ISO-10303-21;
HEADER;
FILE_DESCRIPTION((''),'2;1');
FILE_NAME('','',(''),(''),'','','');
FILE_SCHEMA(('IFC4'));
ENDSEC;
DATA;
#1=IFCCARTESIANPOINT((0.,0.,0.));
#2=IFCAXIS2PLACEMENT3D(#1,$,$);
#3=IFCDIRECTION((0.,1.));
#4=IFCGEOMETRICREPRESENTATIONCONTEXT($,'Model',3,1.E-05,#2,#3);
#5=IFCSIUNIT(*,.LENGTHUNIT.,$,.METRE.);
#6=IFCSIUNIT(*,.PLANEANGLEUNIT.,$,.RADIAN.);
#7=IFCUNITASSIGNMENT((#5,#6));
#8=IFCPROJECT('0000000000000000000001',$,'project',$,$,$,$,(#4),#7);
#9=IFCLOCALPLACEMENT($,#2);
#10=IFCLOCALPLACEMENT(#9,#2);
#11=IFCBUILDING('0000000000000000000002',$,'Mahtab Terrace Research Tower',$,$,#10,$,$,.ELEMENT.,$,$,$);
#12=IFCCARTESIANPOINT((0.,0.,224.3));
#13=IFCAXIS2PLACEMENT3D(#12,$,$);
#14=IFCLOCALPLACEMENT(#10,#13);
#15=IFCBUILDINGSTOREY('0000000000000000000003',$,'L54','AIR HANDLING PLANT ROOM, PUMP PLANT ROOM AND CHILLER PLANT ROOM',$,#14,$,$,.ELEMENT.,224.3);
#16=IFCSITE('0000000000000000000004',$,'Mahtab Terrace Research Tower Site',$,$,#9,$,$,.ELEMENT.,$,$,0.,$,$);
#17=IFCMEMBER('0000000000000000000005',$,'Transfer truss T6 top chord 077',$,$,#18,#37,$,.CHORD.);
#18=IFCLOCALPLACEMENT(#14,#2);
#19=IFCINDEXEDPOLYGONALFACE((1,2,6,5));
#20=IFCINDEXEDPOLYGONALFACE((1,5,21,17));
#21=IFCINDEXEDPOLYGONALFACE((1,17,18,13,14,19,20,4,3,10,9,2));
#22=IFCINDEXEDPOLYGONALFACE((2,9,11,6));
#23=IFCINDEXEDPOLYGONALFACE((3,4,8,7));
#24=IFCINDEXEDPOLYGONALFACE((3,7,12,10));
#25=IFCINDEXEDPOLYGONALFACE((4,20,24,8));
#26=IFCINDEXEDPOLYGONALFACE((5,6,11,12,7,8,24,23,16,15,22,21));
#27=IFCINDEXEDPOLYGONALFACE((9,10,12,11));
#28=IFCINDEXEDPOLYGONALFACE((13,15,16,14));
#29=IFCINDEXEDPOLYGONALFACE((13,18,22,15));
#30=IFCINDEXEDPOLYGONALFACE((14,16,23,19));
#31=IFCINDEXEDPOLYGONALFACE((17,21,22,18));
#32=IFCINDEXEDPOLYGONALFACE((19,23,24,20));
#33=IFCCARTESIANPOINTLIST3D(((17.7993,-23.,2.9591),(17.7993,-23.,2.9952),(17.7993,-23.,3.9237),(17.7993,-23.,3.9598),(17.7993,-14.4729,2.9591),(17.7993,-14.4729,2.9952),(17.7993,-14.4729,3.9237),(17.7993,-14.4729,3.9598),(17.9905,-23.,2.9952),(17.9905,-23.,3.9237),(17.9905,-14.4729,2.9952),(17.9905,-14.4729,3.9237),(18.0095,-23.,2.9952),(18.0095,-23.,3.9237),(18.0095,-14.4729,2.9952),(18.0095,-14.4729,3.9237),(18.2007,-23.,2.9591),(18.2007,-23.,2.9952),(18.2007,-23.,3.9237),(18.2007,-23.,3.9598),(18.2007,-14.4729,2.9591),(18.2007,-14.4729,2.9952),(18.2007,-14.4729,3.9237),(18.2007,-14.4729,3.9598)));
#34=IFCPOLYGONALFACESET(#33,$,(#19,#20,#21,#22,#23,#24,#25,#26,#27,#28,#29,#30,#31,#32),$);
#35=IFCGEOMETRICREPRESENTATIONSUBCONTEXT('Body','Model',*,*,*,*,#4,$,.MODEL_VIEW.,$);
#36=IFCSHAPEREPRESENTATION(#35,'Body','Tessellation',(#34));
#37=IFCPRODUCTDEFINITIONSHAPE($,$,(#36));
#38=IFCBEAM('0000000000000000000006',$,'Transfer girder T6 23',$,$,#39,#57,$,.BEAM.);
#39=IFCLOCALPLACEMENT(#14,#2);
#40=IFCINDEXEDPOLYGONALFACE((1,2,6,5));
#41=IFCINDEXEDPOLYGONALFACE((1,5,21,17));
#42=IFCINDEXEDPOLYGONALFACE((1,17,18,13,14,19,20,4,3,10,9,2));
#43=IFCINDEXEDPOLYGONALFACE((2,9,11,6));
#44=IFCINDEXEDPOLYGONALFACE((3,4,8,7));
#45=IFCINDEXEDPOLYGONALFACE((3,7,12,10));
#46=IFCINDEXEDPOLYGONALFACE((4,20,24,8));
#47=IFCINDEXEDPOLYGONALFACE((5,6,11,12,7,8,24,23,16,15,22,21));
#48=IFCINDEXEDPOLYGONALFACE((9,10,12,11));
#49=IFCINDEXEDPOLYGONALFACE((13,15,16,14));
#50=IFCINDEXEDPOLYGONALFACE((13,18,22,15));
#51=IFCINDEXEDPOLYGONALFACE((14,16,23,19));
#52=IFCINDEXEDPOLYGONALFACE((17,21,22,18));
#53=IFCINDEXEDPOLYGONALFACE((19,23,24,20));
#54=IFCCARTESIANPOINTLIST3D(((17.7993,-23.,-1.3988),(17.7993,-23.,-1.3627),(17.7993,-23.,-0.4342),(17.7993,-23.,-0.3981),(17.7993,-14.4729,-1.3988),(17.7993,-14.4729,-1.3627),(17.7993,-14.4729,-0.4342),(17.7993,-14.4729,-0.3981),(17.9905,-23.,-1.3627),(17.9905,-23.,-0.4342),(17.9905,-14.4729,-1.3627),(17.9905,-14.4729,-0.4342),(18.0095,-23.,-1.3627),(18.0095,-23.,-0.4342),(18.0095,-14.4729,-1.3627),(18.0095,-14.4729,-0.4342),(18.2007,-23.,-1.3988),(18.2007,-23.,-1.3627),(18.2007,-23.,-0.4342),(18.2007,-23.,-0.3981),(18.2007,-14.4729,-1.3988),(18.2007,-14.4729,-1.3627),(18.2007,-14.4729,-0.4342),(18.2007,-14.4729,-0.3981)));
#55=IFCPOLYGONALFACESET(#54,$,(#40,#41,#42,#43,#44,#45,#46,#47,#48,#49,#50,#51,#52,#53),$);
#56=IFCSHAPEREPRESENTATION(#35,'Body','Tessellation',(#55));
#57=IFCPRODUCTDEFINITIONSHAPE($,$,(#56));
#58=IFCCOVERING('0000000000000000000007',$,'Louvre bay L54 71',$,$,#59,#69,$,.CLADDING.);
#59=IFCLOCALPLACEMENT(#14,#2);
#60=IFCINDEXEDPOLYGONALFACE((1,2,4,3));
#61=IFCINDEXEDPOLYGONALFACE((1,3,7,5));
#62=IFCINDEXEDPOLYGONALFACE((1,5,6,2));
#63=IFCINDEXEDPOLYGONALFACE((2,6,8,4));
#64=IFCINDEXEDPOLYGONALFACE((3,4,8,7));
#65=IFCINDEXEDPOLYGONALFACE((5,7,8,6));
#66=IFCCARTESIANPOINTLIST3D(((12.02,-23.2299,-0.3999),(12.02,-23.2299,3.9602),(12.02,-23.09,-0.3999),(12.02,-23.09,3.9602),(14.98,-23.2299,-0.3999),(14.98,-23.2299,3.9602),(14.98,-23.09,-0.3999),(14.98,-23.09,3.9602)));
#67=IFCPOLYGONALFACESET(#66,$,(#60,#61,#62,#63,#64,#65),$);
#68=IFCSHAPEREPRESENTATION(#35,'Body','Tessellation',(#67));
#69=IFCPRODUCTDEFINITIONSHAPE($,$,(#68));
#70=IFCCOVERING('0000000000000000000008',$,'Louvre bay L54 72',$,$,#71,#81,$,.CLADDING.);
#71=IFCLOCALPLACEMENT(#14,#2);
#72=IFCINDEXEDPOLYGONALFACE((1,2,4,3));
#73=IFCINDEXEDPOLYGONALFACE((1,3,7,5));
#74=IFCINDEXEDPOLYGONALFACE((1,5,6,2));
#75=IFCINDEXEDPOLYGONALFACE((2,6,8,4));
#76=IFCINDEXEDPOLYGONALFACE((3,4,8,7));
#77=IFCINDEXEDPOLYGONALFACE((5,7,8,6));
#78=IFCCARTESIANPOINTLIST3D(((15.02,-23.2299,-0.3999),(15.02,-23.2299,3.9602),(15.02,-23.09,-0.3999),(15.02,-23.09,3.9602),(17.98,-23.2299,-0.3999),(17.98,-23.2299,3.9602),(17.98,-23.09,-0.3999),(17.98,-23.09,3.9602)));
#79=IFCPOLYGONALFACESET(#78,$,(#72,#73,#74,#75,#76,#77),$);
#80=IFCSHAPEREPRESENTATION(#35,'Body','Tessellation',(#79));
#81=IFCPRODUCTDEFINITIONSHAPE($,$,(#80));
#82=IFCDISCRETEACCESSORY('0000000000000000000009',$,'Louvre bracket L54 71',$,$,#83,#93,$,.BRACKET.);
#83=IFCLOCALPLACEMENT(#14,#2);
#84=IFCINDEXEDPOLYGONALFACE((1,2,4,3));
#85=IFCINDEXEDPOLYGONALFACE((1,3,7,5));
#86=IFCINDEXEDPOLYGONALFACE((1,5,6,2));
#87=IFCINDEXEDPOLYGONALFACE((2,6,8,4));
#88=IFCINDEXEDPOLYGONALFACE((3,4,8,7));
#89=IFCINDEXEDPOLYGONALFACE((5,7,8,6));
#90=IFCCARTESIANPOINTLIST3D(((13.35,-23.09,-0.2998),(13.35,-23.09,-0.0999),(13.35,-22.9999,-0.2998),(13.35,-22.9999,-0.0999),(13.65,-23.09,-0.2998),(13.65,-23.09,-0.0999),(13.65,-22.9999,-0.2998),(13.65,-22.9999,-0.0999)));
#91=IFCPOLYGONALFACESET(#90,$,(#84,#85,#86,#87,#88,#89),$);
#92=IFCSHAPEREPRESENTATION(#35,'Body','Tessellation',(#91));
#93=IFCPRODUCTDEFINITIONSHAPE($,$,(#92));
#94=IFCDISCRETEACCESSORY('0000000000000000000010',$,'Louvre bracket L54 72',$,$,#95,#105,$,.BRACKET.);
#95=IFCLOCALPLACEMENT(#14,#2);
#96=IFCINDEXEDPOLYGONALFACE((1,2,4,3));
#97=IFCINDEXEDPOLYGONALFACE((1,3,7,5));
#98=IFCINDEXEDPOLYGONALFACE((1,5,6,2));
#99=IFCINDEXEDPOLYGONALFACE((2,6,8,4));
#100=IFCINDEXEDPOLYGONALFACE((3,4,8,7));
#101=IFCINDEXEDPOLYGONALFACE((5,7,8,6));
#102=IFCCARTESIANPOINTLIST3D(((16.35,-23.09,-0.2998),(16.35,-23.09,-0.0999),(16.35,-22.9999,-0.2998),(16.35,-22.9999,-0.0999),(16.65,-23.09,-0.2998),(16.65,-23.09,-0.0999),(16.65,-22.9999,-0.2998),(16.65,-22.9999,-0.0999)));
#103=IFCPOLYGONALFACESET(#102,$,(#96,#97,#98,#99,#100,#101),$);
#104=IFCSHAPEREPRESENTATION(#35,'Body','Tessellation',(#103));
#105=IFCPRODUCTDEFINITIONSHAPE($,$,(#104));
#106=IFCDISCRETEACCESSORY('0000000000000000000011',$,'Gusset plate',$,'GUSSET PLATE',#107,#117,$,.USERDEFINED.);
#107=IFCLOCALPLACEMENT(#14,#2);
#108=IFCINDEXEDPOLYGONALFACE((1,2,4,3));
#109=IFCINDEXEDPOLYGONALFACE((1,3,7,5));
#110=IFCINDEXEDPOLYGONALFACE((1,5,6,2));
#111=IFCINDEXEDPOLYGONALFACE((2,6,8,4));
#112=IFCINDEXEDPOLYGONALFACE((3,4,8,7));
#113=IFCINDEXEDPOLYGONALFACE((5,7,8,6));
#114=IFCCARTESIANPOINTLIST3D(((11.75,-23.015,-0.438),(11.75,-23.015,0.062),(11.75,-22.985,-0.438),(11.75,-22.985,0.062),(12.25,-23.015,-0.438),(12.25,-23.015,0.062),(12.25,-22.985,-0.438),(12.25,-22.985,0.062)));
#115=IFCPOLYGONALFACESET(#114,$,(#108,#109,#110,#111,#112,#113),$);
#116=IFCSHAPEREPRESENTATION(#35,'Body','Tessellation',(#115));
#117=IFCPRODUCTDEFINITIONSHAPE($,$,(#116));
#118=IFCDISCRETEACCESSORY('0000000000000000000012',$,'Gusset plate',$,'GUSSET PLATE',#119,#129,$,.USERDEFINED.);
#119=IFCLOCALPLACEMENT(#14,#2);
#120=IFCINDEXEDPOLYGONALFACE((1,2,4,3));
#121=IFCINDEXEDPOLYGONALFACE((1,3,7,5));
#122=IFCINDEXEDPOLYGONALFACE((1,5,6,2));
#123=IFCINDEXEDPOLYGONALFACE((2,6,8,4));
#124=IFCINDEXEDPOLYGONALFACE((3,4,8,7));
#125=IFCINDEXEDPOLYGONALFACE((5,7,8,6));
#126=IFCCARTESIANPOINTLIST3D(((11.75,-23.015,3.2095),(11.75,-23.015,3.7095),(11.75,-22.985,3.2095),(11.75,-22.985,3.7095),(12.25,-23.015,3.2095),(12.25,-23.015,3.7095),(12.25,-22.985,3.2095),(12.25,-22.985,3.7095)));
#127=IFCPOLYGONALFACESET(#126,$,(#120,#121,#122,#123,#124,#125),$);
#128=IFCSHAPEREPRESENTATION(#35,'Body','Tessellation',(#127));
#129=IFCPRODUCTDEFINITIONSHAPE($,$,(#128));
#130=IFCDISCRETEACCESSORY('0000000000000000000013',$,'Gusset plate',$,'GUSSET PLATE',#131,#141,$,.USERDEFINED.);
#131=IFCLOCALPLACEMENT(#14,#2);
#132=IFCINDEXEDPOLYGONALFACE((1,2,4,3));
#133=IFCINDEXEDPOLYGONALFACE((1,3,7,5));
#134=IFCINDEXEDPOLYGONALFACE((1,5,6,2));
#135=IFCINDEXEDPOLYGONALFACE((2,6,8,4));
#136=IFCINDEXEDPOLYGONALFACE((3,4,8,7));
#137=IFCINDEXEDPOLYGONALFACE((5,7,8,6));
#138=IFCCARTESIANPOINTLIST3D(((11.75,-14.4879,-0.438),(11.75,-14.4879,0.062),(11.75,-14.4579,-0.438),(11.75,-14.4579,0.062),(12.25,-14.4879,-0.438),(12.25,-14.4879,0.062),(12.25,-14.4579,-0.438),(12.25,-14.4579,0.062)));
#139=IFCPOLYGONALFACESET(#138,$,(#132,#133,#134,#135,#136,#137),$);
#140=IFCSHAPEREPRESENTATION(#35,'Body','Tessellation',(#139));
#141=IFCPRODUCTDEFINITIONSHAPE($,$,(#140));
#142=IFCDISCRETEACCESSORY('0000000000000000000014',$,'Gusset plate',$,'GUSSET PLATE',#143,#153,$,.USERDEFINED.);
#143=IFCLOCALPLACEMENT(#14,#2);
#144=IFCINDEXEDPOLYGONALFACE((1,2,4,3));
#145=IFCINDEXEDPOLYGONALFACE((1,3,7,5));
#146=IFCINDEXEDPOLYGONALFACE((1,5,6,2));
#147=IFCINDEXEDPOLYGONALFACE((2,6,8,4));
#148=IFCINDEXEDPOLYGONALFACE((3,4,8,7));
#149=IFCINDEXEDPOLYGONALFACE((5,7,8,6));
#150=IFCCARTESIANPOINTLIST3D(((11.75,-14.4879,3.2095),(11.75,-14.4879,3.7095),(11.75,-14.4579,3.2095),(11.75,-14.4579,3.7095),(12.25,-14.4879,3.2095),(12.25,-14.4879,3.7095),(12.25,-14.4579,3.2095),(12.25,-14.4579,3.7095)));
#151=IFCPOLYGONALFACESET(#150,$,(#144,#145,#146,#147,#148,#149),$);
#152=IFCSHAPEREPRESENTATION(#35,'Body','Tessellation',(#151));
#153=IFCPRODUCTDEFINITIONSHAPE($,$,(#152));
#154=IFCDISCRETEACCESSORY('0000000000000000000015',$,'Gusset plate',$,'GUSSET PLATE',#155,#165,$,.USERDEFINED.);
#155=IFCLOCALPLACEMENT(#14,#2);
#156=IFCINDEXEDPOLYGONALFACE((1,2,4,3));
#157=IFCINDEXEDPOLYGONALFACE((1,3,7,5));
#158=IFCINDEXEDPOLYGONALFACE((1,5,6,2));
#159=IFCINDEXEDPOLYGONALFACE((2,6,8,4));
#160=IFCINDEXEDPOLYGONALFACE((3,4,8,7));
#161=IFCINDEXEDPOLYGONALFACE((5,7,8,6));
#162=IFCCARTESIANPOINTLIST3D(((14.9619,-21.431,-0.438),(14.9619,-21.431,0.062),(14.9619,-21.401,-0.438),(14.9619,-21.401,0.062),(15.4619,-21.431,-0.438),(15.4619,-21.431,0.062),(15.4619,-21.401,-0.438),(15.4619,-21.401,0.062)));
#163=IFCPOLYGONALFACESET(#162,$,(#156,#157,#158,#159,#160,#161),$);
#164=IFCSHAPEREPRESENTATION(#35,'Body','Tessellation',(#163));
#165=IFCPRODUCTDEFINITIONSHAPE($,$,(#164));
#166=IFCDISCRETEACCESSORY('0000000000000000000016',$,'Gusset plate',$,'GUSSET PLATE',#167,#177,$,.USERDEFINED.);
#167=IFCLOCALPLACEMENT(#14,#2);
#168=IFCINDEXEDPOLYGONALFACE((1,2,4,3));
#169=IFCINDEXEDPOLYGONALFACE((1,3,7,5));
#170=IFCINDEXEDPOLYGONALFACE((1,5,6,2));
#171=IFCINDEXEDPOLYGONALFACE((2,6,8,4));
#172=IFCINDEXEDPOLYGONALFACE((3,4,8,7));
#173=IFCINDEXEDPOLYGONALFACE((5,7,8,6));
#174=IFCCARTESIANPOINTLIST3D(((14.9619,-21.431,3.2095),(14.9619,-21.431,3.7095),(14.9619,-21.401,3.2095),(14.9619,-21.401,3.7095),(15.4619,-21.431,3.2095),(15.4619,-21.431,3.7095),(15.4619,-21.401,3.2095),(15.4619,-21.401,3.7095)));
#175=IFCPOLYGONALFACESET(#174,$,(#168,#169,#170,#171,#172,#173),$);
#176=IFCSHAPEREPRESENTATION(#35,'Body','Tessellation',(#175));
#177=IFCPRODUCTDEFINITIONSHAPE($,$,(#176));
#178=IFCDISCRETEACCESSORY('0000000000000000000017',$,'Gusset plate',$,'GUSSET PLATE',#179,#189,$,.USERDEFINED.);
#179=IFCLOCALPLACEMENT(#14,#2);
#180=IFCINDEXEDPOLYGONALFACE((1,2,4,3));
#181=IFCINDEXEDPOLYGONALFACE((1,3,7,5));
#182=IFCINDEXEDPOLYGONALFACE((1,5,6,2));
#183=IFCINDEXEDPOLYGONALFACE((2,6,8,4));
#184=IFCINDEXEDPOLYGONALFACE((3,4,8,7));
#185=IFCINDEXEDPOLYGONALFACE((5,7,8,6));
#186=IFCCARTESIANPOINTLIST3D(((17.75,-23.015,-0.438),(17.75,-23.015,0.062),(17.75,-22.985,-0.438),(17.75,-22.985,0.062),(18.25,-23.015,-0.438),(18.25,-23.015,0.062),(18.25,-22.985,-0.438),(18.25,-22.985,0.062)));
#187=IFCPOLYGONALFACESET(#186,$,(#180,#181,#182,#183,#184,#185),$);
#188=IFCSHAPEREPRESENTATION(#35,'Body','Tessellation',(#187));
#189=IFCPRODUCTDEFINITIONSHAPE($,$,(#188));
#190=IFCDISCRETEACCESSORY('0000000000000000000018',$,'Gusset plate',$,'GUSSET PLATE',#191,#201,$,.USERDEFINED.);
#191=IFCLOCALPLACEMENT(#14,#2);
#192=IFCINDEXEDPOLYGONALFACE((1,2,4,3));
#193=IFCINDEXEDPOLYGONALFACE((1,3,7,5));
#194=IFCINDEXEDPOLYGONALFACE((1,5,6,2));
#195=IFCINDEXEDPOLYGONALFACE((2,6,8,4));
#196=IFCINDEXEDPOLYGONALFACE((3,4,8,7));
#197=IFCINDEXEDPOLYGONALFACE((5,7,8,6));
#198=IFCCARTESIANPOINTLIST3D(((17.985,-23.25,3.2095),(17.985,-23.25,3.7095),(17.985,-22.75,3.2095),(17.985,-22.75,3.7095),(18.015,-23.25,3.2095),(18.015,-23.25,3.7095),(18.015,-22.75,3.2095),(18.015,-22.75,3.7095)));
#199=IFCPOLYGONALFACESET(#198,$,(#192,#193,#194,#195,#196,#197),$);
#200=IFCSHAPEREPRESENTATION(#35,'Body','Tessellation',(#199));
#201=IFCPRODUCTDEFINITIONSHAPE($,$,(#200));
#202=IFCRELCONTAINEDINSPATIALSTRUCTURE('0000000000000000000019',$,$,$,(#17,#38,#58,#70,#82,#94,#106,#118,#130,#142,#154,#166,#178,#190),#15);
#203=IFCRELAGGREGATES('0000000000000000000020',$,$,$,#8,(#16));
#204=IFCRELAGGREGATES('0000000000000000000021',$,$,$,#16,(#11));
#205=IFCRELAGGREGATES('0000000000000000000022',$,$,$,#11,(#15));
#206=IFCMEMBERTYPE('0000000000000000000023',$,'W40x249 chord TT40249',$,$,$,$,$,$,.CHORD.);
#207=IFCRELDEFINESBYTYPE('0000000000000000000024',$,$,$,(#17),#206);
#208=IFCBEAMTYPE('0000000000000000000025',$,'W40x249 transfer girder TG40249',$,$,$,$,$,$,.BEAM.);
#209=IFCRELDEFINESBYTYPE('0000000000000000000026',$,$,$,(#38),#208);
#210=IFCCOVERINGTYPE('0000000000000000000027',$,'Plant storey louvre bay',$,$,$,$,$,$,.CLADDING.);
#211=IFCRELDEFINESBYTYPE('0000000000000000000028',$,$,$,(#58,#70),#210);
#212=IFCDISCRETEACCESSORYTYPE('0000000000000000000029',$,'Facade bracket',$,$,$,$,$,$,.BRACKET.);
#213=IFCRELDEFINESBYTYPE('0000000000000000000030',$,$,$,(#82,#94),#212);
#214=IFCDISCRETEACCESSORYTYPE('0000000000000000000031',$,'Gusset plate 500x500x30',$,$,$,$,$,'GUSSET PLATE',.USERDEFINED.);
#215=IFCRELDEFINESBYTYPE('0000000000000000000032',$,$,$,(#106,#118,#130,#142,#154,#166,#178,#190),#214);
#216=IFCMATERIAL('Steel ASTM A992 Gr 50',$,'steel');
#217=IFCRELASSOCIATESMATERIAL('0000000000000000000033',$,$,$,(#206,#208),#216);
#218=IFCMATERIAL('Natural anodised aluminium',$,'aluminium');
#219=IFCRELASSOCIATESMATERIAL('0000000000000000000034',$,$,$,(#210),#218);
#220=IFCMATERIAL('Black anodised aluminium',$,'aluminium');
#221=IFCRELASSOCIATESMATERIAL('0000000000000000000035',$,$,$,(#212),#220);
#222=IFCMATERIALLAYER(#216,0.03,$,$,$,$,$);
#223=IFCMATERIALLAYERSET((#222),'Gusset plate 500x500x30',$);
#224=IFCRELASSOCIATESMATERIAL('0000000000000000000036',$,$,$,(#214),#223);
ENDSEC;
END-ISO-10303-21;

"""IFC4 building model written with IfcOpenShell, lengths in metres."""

from ifc_helpers import new_model, si_unit, direction, frame, origin, origin_2d, place, context, subcontext, project, spatial, rectangle, i_section, extrude, material, layer, layer_set, material_profile, profile_set, type_object, element, save


model = new_model("IFC4")

# Units and contexts
model_context = context("Model", 3, precision=1e-05, world=origin(), true_north=direction((0.0, 1.0)))
body_context = subcontext(model_context, "Body", "Model", "MODEL_VIEW")
ifc_project = project(units=[si_unit("LENGTHUNIT", "METRE"), si_unit("PLANEANGLEUNIT", "RADIAN")], contexts=[model_context])

# Site, building, storey
site_placement = place(None, origin())
site = spatial("IfcSite", under=ifc_project, at=site_placement, Name="Mahtab Terrace Research Tower Site", CompositionType="ELEMENT", RefElevation=0.0)
building_placement = place(site_placement, origin())
building = spatial("IfcBuilding", under=site, at=building_placement, Name="Mahtab Terrace Research Tower", CompositionType="ELEMENT")
storey_placement = place(building_placement, frame((0.0, 0.0, 224.3)))
storey = spatial("IfcBuildingStorey", under=building, at=storey_placement, Name="L54", Description="AIR HANDLING PLANT ROOM, PUMP PLANT ROOM AND CHILLER PLANT ROOM", CompositionType="ELEMENT", Elevation=224.3)

# Member
ifc_material_1 = material(Name="Steel ASTM A992 Gr 50", Category="steel")
ifc_material_profile_1 = material_profile(ifc_material_1, i_section(OverallWidth=0.4014, OverallDepth=1.0007, WebThickness=0.019, FlangeThickness=0.0361, at=origin_2d()), Name="W40X249")
ifc_profile_set_1 = profile_set([ifc_material_profile_1], Name="Steel ASTM A992 Gr 50")
member_type_1 = type_object("IfcMemberType", Name="W40x249 chord TT40249", PredefinedType="CHORD", material=ifc_profile_set_1)
member_1_placement = place(storey_placement, frame((18.0, -23.0, 3.4595), z_axis=(0.0, 1.0, 0.0), x_axis=(-1.0, 0.0, 0.0)))
element("IfcMember", 1, at=member_1_placement, inside=storey, type_object=member_type_1, Name="Transfer truss T6 top chord 077", PredefinedType="CHORD", context=body_context, shape_type="SweptSolid", body=[
    extrude(i_section(OverallWidth=0.4014, OverallDepth=1.0007, WebThickness=0.019, FlangeThickness=0.0361, at=origin_2d()), origin(), (0.0, 0.0, 1.0), 8.5271),
])

# Beam
ifc_material_profile_2 = material_profile(ifc_material_1, i_section(OverallWidth=0.4014, OverallDepth=1.0007, WebThickness=0.019, FlangeThickness=0.0361, at=origin_2d()), Name="W40X249")
ifc_profile_set_2 = profile_set([ifc_material_profile_2], Name="Steel ASTM A992 Gr 50")
beam_type = type_object("IfcBeamType", Name="W40x249 transfer girder TG40249", PredefinedType="BEAM", material=ifc_profile_set_2)
beam_placement = place(storey_placement, frame((18.0, -23.0, -0.8984), z_axis=(0.0, 1.0, 0.0), x_axis=(-1.0, 0.0, 0.0)))
element("IfcBeam", 2, at=beam_placement, inside=storey, type_object=beam_type, Name="Transfer girder T6 23", PredefinedType="BEAM", context=body_context, shape_type="SweptSolid", body=[
    extrude(i_section(OverallWidth=0.4014, OverallDepth=1.0007, WebThickness=0.019, FlangeThickness=0.0361, at=origin_2d()), origin(), (0.0, 0.0, 1.0), 8.5271),
])

# Coverings
ifc_material_2 = material(Name="Natural anodised aluminium", Category="aluminium")
covering_type = type_object("IfcCoveringType", Name="Plant storey louvre bay", PredefinedType="CLADDING", material=ifc_material_2)
for number, where, z_axis, x_axis, name in (
    (3, (13.5, -23.1599, -0.3999), (0.0, 0.0, 1.0), (1.0, 0.0, 0.0), "Louvre bay L54 71"),
    (4, (16.5, -23.1599, -0.3999), (0.0, 0.0, 1.0), (1.0, 0.0, 0.0), "Louvre bay L54 72"),
):
    element("IfcCovering", number, at=place(storey_placement, frame(where, z_axis=z_axis, x_axis=x_axis)), inside=storey, type_object=covering_type, Name=name, PredefinedType="CLADDING", context=body_context, shape_type="SweptSolid", body=[
        extrude(rectangle(XDim=2.96, YDim=0.1399, at=origin_2d()), origin(), (0.0, 0.0, 1.0), 4.3601),
    ])

# Discrete accessories
ifc_material_3 = material(Name="Black anodised aluminium", Category="aluminium")
discrete_accessory_type_1 = type_object("IfcDiscreteAccessoryType", Name="Facade bracket", PredefinedType="BRACKET", material=ifc_material_3)
for number, where, z_axis, x_axis, name in (
    (5, (13.5, -23.0449, -0.2998), (0.0, 0.0, 1.0), (1.0, 0.0, 0.0), "Louvre bracket L54 71"),
    (6, (16.5, -23.0449, -0.2998), (0.0, 0.0, 1.0), (1.0, 0.0, 0.0), "Louvre bracket L54 72"),
):
    element("IfcDiscreteAccessory", number, at=place(storey_placement, frame(where, z_axis=z_axis, x_axis=x_axis)), inside=storey, type_object=discrete_accessory_type_1, Name=name, PredefinedType="BRACKET", context=body_context, shape_type="SweptSolid", body=[
        extrude(rectangle(XDim=0.3, YDim=0.0901, at=origin_2d()), origin(), (0.0, 0.0, 1.0), 0.2),
    ])
ifc_layer = layer(ifc_material_1, 0.03)
ifc_layer_set = layer_set([ifc_layer], Name="Gusset plate 500x500x30")
discrete_accessory_type_2 = type_object("IfcDiscreteAccessoryType", Name="Gusset plate 500x500x30", ElementType="GUSSET PLATE", PredefinedType="USERDEFINED", material=ifc_layer_set)
for number, where, z_axis, x_axis, name in (
    (7, (12.0, -23.0, -0.438), (0.0, 0.0, 1.0), (1.0, 0.0, 0.0), "Gusset plate"),
    (8, (12.0, -23.0, 3.2095), (0.0, 0.0, 1.0), (1.0, 0.0, 0.0), "Gusset plate"),
    (9, (12.0, -14.4729, -0.438), (0.0, 0.0, 1.0), (1.0, 0.0, 0.0), "Gusset plate"),
    (10, (12.0, -14.4729, 3.2095), (0.0, 0.0, 1.0), (1.0, 0.0, 0.0), "Gusset plate"),
    (11, (15.2119, -21.416, -0.438), (0.0, 0.0, 1.0), (1.0, 0.0, 0.0), "Gusset plate"),
    (12, (15.2119, -21.416, 3.2095), (0.0, 0.0, 1.0), (1.0, 0.0, 0.0), "Gusset plate"),
    (13, (18.0, -23.0, -0.438), (0.0, 0.0, 1.0), (1.0, 0.0, 0.0), "Gusset plate"),
    (14, (18.0, -23.0, 3.2095), (0.0, 0.0, 1.0), (0.0, 1.0, 0.0), "Gusset plate"),
):
    element("IfcDiscreteAccessory", number, at=place(storey_placement, frame(where, z_axis=z_axis, x_axis=x_axis)), inside=storey, type_object=discrete_accessory_type_2, Name=name, ObjectType="GUSSET PLATE", PredefinedType="USERDEFINED", context=body_context, shape_type="SweptSolid", body=[
        extrude(rectangle(XDim=0.5, YDim=0.03, at=origin_2d()), origin(), (0.0, 0.0, 1.0), 0.5),
    ])

save(model, "model.ifc")
